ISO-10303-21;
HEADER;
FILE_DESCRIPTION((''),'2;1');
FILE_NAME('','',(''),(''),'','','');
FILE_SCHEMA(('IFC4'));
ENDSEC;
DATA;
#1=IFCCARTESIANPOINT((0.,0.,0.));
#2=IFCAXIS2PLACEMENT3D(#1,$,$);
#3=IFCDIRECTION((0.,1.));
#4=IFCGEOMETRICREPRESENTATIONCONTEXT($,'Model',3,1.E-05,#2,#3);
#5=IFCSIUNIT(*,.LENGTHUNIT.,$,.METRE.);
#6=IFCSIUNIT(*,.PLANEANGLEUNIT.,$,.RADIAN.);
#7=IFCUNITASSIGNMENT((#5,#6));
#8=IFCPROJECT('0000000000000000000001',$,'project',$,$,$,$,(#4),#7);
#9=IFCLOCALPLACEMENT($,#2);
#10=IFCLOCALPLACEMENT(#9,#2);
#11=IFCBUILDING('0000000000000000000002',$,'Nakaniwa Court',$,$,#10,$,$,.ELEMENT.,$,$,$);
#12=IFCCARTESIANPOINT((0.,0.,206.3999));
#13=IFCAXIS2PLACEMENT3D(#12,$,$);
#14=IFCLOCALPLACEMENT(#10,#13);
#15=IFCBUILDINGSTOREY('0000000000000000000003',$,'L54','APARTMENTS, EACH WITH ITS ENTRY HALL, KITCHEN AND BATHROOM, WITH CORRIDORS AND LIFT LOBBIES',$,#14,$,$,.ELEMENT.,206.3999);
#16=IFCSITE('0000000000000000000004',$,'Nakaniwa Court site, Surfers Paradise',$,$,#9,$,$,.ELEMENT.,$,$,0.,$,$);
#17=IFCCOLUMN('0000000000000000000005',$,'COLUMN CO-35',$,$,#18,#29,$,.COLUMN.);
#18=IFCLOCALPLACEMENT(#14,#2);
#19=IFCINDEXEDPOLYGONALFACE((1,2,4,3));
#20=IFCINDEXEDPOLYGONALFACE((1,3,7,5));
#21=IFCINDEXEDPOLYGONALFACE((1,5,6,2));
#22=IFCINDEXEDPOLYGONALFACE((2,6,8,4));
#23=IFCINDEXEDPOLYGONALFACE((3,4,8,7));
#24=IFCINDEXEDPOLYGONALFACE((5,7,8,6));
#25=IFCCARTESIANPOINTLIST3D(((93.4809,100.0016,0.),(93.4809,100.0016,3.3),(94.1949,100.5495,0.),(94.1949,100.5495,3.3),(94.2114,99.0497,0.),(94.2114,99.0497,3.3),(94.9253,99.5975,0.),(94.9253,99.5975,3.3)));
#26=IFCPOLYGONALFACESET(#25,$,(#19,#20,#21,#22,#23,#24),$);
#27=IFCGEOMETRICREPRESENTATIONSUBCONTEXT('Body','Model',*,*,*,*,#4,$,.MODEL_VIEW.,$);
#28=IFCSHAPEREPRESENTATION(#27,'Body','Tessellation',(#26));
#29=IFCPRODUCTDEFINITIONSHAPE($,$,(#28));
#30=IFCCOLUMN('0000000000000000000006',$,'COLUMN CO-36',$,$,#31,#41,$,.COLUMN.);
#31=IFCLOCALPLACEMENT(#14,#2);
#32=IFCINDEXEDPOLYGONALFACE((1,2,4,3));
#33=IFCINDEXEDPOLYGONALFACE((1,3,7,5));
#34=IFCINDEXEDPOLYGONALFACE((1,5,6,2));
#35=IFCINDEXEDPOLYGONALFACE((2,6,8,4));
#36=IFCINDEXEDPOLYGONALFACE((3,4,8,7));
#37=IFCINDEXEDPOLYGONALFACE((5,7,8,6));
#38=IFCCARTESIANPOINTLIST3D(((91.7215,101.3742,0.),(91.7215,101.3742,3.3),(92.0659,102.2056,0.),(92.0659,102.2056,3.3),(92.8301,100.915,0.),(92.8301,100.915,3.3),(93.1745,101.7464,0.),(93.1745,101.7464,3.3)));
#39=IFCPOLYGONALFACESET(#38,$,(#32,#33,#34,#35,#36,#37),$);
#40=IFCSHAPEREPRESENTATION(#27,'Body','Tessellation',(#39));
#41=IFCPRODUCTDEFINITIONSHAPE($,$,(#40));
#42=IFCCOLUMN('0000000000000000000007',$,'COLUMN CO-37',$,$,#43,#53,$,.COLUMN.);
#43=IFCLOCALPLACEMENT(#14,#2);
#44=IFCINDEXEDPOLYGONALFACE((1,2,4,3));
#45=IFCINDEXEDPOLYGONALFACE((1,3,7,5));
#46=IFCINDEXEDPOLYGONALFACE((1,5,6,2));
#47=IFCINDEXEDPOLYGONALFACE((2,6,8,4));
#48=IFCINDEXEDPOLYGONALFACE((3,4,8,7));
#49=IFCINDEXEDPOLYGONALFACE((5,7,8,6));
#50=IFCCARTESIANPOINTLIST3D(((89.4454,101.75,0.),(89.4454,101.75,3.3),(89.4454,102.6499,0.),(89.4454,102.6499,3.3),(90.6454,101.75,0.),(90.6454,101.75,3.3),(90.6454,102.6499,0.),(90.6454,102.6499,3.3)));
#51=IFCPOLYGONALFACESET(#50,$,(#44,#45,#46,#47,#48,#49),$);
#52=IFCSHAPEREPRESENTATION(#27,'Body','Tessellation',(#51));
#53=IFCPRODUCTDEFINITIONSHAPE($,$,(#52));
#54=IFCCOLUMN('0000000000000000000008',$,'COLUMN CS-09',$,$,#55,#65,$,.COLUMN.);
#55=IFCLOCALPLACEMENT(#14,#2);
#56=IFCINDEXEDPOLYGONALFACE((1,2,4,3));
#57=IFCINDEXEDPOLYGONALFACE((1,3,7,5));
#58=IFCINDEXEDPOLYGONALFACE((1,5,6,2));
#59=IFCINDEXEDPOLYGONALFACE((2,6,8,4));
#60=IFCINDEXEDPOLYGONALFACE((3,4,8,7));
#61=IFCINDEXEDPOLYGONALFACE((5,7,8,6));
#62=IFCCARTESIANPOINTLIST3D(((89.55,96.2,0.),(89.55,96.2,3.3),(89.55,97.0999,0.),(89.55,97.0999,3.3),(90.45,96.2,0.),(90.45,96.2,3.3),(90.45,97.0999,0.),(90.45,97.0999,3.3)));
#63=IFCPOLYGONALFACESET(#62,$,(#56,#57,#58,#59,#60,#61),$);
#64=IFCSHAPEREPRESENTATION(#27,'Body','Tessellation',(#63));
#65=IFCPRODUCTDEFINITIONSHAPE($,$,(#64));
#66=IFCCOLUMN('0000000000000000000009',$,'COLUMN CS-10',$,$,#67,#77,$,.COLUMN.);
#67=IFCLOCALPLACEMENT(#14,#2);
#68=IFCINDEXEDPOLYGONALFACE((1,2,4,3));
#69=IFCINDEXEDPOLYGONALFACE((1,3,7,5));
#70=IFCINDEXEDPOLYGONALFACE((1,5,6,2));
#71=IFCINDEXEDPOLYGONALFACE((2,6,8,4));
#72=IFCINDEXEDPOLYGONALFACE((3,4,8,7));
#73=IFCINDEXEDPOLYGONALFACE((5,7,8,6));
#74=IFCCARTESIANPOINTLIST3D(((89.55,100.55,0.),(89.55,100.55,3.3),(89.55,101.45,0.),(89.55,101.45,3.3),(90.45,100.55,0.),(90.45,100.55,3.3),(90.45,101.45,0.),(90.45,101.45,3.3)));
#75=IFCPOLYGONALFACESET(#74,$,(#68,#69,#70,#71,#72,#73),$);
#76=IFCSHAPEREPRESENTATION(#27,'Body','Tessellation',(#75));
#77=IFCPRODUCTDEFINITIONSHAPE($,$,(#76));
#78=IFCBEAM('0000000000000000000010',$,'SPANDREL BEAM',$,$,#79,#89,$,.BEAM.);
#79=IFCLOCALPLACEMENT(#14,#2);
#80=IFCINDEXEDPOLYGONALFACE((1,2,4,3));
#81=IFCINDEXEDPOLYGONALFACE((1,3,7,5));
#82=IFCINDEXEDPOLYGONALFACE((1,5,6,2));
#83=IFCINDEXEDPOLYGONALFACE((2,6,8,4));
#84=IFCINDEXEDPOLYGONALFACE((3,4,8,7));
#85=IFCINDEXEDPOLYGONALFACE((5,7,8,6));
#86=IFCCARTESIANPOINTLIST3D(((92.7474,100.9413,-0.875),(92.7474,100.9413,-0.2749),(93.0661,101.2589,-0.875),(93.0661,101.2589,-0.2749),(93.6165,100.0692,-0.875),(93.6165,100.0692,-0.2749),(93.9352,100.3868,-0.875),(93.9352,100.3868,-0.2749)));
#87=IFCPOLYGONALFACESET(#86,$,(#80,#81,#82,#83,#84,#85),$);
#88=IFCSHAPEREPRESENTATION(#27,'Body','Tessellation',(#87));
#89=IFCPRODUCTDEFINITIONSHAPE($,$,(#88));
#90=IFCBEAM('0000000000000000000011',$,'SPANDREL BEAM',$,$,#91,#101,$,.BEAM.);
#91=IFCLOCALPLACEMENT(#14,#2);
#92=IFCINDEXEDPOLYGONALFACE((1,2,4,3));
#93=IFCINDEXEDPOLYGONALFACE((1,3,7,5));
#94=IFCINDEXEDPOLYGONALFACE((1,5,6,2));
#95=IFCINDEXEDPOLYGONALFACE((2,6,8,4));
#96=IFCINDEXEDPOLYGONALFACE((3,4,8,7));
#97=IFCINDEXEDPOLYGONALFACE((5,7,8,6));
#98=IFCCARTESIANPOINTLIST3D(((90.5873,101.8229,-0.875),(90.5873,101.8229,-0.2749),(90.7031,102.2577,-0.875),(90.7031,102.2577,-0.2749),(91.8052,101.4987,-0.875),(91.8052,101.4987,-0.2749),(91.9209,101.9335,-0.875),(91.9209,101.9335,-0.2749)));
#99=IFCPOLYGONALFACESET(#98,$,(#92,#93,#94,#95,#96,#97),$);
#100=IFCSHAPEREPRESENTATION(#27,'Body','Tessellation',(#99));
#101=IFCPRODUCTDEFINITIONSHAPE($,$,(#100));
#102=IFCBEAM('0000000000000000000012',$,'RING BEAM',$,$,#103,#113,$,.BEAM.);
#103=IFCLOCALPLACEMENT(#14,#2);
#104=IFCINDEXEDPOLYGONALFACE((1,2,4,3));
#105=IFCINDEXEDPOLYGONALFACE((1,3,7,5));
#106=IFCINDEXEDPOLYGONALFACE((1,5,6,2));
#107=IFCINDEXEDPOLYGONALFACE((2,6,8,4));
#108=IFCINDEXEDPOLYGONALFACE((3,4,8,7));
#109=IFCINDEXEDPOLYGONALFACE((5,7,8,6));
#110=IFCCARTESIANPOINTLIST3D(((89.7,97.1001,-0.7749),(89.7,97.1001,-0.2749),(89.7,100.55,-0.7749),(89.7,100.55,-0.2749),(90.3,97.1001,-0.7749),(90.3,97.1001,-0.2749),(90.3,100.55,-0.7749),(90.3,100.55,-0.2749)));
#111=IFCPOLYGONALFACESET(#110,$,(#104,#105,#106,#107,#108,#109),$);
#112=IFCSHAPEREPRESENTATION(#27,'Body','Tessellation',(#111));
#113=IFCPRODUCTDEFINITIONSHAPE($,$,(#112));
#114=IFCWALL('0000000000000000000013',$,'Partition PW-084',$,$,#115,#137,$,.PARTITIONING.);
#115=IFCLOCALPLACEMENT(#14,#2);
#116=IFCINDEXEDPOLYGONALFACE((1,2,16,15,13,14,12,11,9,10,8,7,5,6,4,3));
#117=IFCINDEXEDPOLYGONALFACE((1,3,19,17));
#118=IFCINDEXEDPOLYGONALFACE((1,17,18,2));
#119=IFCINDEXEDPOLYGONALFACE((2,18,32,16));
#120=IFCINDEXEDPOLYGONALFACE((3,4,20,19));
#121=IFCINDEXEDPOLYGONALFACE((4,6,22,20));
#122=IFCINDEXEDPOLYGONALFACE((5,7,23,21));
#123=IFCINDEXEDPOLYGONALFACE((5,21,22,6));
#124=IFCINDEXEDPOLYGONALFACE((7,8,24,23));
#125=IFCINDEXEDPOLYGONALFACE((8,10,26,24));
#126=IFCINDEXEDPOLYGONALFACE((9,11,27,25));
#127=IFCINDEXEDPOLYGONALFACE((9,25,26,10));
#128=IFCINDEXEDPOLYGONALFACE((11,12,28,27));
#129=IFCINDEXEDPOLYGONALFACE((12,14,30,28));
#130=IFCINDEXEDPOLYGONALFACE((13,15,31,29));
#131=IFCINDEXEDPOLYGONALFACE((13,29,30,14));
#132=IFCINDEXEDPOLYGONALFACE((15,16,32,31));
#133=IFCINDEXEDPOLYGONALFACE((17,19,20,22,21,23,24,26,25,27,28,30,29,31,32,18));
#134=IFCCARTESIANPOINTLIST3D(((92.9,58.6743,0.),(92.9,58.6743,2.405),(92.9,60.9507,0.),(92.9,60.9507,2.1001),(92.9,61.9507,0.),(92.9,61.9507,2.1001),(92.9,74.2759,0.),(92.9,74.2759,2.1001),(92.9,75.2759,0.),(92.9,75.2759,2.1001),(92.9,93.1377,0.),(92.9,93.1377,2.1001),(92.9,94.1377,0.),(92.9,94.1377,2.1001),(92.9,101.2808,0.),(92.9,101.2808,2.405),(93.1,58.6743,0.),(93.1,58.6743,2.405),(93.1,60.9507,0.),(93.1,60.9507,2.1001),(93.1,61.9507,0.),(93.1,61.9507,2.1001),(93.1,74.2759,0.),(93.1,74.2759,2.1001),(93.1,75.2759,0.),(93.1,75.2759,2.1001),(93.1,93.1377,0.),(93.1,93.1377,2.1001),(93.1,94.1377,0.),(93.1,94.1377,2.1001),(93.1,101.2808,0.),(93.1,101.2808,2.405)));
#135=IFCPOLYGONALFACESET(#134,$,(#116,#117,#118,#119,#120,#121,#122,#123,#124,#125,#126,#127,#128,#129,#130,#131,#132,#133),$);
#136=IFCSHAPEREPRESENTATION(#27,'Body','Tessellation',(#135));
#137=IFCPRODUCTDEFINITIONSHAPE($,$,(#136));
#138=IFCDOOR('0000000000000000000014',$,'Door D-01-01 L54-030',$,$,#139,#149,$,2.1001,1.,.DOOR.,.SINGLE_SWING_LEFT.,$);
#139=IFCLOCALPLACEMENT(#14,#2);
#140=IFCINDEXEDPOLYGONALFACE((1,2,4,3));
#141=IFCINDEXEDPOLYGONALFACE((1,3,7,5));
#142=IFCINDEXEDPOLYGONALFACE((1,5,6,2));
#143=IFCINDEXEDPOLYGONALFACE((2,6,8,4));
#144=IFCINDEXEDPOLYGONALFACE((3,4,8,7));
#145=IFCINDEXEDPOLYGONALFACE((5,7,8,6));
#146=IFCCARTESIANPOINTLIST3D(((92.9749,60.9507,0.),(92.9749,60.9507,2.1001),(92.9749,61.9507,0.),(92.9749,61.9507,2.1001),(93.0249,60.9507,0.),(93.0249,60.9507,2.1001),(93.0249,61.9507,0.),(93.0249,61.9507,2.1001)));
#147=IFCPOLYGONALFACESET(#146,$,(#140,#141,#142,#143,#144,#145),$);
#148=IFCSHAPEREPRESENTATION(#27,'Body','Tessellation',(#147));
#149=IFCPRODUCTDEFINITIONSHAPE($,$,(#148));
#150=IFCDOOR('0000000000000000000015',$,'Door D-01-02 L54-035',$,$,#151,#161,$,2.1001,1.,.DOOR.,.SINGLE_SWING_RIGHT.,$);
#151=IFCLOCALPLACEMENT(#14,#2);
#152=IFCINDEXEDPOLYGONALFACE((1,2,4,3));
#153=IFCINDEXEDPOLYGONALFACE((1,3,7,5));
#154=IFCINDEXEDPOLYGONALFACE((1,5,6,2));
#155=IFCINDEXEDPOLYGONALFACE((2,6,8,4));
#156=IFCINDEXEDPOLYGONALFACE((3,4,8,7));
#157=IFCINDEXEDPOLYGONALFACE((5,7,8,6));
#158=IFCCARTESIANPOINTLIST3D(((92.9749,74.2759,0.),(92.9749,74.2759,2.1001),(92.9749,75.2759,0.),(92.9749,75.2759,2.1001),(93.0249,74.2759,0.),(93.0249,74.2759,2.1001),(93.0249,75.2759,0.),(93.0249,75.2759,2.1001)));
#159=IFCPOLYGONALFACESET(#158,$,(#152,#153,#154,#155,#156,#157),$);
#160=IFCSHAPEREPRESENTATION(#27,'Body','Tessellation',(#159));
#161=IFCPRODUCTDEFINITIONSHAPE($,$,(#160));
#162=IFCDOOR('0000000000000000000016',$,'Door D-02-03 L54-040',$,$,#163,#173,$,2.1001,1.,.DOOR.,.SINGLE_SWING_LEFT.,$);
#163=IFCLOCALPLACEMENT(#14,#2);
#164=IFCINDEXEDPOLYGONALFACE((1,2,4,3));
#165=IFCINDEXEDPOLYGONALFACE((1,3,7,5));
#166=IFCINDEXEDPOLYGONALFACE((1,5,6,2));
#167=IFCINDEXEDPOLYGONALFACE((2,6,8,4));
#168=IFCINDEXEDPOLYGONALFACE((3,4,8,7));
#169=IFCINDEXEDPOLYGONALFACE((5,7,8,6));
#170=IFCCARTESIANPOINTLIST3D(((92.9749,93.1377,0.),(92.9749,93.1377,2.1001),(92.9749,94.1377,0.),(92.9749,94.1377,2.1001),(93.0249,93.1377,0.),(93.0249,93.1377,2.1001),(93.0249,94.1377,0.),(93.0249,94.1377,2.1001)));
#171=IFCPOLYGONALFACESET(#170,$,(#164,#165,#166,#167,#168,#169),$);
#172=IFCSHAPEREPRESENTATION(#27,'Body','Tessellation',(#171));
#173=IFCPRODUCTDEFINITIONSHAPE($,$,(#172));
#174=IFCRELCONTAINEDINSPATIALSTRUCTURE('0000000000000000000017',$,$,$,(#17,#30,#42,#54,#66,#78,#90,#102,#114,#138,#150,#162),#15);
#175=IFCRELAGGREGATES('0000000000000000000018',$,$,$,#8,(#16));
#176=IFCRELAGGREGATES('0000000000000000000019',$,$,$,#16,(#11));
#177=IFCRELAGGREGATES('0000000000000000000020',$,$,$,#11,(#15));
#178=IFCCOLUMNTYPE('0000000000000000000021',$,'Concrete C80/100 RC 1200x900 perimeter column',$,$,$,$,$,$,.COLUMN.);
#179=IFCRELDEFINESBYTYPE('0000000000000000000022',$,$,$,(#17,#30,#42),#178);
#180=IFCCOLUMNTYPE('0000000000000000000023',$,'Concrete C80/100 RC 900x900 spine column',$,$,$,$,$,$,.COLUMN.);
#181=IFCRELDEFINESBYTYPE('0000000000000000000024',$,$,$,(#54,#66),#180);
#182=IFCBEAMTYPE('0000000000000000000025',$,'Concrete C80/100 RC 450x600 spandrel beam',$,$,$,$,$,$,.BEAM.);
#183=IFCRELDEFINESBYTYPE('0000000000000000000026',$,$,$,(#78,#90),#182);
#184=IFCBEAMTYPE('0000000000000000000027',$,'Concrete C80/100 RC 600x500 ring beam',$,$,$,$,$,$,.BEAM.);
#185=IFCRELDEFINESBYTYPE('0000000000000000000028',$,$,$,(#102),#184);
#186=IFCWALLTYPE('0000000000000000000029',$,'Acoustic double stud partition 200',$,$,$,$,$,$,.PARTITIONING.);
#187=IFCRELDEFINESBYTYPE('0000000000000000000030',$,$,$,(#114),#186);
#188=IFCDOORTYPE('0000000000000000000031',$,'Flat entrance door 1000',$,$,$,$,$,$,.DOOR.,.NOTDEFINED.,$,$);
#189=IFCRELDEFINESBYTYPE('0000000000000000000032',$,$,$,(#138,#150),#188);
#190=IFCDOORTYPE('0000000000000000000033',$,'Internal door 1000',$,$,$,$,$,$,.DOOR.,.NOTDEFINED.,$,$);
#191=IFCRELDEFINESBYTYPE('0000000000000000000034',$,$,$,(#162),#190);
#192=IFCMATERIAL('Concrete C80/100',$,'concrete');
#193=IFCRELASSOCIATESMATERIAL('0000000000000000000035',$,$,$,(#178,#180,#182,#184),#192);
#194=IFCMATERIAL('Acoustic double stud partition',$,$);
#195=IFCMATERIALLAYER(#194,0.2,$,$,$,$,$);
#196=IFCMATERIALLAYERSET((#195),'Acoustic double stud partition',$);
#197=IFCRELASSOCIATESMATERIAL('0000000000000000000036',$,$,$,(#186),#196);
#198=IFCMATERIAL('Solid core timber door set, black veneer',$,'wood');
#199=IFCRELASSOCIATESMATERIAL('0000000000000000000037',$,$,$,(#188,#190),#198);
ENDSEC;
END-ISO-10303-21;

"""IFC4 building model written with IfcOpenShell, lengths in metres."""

from ifc_helpers import new_model, si_unit, direction, frame, frame_2d, origin, origin_2d, place, context, subcontext, project, spatial, rectangle, extrude, material, layer, layer_set, material_profile, profile_set, type_object, element, fill, save


model = new_model("IFC4")

# Units and contexts
model_context = context("Model", 3, precision=1e-05, world=origin(), true_north=direction((0.0, 1.0)))
body_context = subcontext(model_context, "Body", "Model", "MODEL_VIEW")
ifc_project = project(units=[si_unit("LENGTHUNIT", "METRE"), si_unit("PLANEANGLEUNIT", "RADIAN")], contexts=[model_context])

# Site, building, storey
site_placement = place(None, origin())
site = spatial("IfcSite", under=ifc_project, at=site_placement, Name="Nakaniwa Court site, Surfers Paradise", CompositionType="ELEMENT", RefElevation=0.0)
building_placement = place(site_placement, origin())
building = spatial("IfcBuilding", under=site, at=building_placement, Name="Nakaniwa Court", CompositionType="ELEMENT")
storey_placement = place(building_placement, frame((0.0, 0.0, 206.3999)))
storey = spatial("IfcBuildingStorey", under=building, at=storey_placement, Name="L54", Description="APARTMENTS, EACH WITH ITS ENTRY HALL, KITCHEN AND BATHROOM, WITH CORRIDORS AND LIFT LOBBIES", CompositionType="ELEMENT", Elevation=206.3999)

# Columns
ifc_material_1 = material(Name="Concrete C80/100", Category="concrete")
ifc_material_profile_1 = material_profile(ifc_material_1, rectangle(XDim=1.2, YDim=0.8999, at=origin_2d()), Name="Concrete C80/100 RC 1200x900 perimeter column")
ifc_profile_set_1 = profile_set([ifc_material_profile_1], Name="Concrete C80/100")
column_type_1 = type_object("IfcColumnType", Name="Concrete C80/100 RC 1200x900 perimeter column", PredefinedType="COLUMN", material=ifc_profile_set_1)
for number, where, z_axis, x_axis, name in (
    (1, (94.2031, 99.7996, 0.0), (0.0, 0.0, 1.0), (-0.608761, 0.793353, 0.0), "COLUMN CO-35"),
    (2, (92.448, 101.5603, 0.0), (0.0, 0.0, 1.0), (-0.92388, 0.382683, 0.0), "COLUMN CO-36"),
    (3, (90.0454, 102.2, 0.0), (0.0, 0.0, 1.0), (-1.0, 0.0, 0.0), "COLUMN CO-37"),
):
    element("IfcColumn", number, at=place(storey_placement, frame(where, z_axis=z_axis, x_axis=x_axis)), inside=storey, type_object=column_type_1, Name=name, PredefinedType="COLUMN", context=body_context, shape_type="SweptSolid", body=[
        extrude(rectangle(XDim=1.2, YDim=0.8999, at=origin_2d()), origin(), (0.0, 0.0, 1.0), 3.3),
    ])
ifc_material_profile_2 = material_profile(ifc_material_1, rectangle(XDim=0.8999, YDim=0.8999, at=origin_2d()), Name="Concrete C80/100 RC 900x900 spine column")
ifc_profile_set_2 = profile_set([ifc_material_profile_2], Name="Concrete C80/100")
column_type_2 = type_object("IfcColumnType", Name="Concrete C80/100 RC 900x900 spine column", PredefinedType="COLUMN", material=ifc_profile_set_2)
for number, where, z_axis, x_axis, name in (
    (4, (90.0, 96.6499, 0.0), (0.0, 0.0, 1.0), (0.0, 1.0, 0.0), "COLUMN CS-09"),
    (5, (90.0, 101.0, 0.0), (0.0, 0.0, 1.0), (0.0, 1.0, 0.0), "COLUMN CS-10"),
):
    element("IfcColumn", number, at=place(storey_placement, frame(where, z_axis=z_axis, x_axis=x_axis)), inside=storey, type_object=column_type_2, Name=name, PredefinedType="COLUMN", context=body_context, shape_type="SweptSolid", body=[
        extrude(rectangle(XDim=0.8999, YDim=0.8999, at=origin_2d()), origin(), (0.0, 0.0, 1.0), 3.3),
    ])

# Beams
ifc_material_profile_3 = material_profile(ifc_material_1, rectangle(XDim=0.45, YDim=0.6001, at=origin_2d()), Name="Concrete C80/100 RC 450x600 spandrel beam")
ifc_profile_set_3 = profile_set([ifc_material_profile_3], Name="Concrete C80/100")
beam_type_1 = type_object("IfcBeamType", Name="Concrete C80/100 RC 450x600 spandrel beam", PredefinedType="BEAM", material=ifc_profile_set_3)
beam_1_placement = place(storey_placement, frame((93.7759, 100.228, -0.575), z_axis=(-0.705916, 0.708296, 0.0), x_axis=(-0.708296, -0.705916, 0.0)))
element("IfcBeam", 6, at=beam_1_placement, inside=storey, type_object=beam_type_1, Name="SPANDREL BEAM", PredefinedType="BEAM", context=body_context, shape_type="SweptSolid", body=[
    extrude(rectangle(XDim=0.45, YDim=0.6001, at=origin_2d()), origin(), (0.0, 0.0, 1.0), 1.2312),
])
beam_2_placement = place(storey_placement, frame((91.863, 101.7161, -0.575), z_axis=(-0.966338, 0.257277, 0.0), x_axis=(-0.257277, -0.966338, 0.0)))
element("IfcBeam", 7, at=beam_2_placement, inside=storey, type_object=beam_type_1, Name="SPANDREL BEAM", PredefinedType="BEAM", context=body_context, shape_type="SweptSolid", body=[
    extrude(rectangle(XDim=0.45, YDim=0.6001, at=origin_2d()), origin(), (0.0, 0.0, 1.0), 1.2603),
])
ifc_material_profile_4 = material_profile(ifc_material_1, rectangle(XDim=0.6001, YDim=0.5, at=origin_2d()), Name="Concrete C80/100 RC 600x500 ring beam")
ifc_profile_set_4 = profile_set([ifc_material_profile_4], Name="Concrete C80/100")
beam_type_2 = type_object("IfcBeamType", Name="Concrete C80/100 RC 600x500 ring beam", PredefinedType="BEAM", material=ifc_profile_set_4)
beam_3_placement = place(storey_placement, frame((90.0, 97.1001, -0.5249), z_axis=(0.0, 1.0, 0.0), x_axis=(-1.0, 0.0, 0.0)))
element("IfcBeam", 8, at=beam_3_placement, inside=storey, type_object=beam_type_2, Name="RING BEAM", PredefinedType="BEAM", context=body_context, shape_type="SweptSolid", body=[
    extrude(rectangle(XDim=0.6001, YDim=0.5, at=origin_2d()), origin(), (0.0, 0.0, 1.0), 3.45),
])

# Wall, openings, doors
ifc_material_2 = material(Name="Acoustic double stud partition")
ifc_layer_1 = layer(ifc_material_2, 0.2)
ifc_layer_set_1 = layer_set([ifc_layer_1], Name="Acoustic double stud partition")
wall_type_1 = type_object("IfcWallType", Name="Acoustic double stud partition 200", PredefinedType="PARTITIONING", material=ifc_layer_set_1)
wall_1_placement = place(storey_placement, frame((93.0, 101.2808, 0.0), z_axis=(0.0, 0.0, 1.0), x_axis=(0.0, -1.0, 0.0)))
wall_1 = element("IfcWall", 9, at=wall_1_placement, inside=storey, type_object=wall_type_1, Name="Partition PW-084", PredefinedType="PARTITIONING", context=body_context, shape_type="SweptSolid", body=[
    extrude(rectangle(XDim=42.6064, YDim=0.2, at=frame_2d((21.3032, 0.0))), origin(), (0.0, 0.0, 1.0), 2.405),
])
opening_1_placement = place(wall_1_placement, frame((39.3301, 0.0, 0.0)))
opening_1 = element("IfcOpeningElement", 10, at=opening_1_placement, cuts=wall_1, PredefinedType="OPENING", context=body_context, shape_type="SweptSolid", body=[
    extrude(rectangle(XDim=1.0, YDim=2.1001, at=frame_2d((0.5, 1.05))), frame((0.0, 0.1099, 0.0), z_axis=(0.0, -1.0, 0.0), x_axis=(1.0, 0.0, 0.0)), (0.0, 0.0, 1.0), 0.22),
])
opening_2_placement = place(wall_1_placement, frame((26.0049, 0.0, 0.0)))
opening_2 = element("IfcOpeningElement", 11, at=opening_2_placement, cuts=wall_1, PredefinedType="OPENING", context=body_context, shape_type="SweptSolid", body=[
    extrude(rectangle(XDim=1.0, YDim=2.1001, at=frame_2d((0.5, 1.05))), frame((0.0, 0.1099, 0.0), z_axis=(0.0, -1.0, 0.0), x_axis=(1.0, 0.0, 0.0)), (0.0, 0.0, 1.0), 0.22),
])
opening_3_placement = place(wall_1_placement, frame((7.1431, 0.0, 0.0)))
opening_3 = element("IfcOpeningElement", 12, at=opening_3_placement, cuts=wall_1, PredefinedType="OPENING", context=body_context, shape_type="SweptSolid", body=[
    extrude(rectangle(XDim=1.0, YDim=2.1001, at=frame_2d((0.5, 1.05))), frame((0.0, 0.1099, 0.0), z_axis=(0.0, -1.0, 0.0), x_axis=(1.0, 0.0, 0.0)), (0.0, 0.0, 1.0), 0.22),
])
ifc_material_3 = material(Name="Solid core timber door set, black veneer", Category="wood")
door_type_1 = type_object("IfcDoorType", Name="Flat entrance door 1000", OperationType="NOTDEFINED", PredefinedType="DOOR", material=ifc_material_3)
door_1_placement = place(opening_1_placement, origin())
door_1 = element("IfcDoor", 13, at=door_1_placement, inside=storey, type_object=door_type_1, Name="Door D-01-01 L54-030", OperationType="SINGLE_SWING_LEFT", OverallHeight=2.1001, OverallWidth=1.0, PredefinedType="DOOR", context=body_context, shape_type="SweptSolid", body=[
    extrude(rectangle(XDim=1.0, YDim=2.1001, at=frame_2d((0.5, 1.05))), frame((0.0, 0.0249, 0.0), z_axis=(0.0, -1.0, 0.0), x_axis=(1.0, 0.0, 0.0)), (0.0, 0.0, 1.0), 0.05),
])
fill(opening_1, door_1)
door_2_placement = place(opening_2_placement, origin())
door_2 = element("IfcDoor", 14, at=door_2_placement, inside=storey, type_object=door_type_1, Name="Door D-01-02 L54-035", OperationType="SINGLE_SWING_RIGHT", OverallHeight=2.1001, OverallWidth=1.0, PredefinedType="DOOR", context=body_context, shape_type="SweptSolid", body=[
    extrude(rectangle(XDim=1.0, YDim=2.1001, at=frame_2d((0.5, 1.05))), frame((0.0, 0.0249, 0.0), z_axis=(0.0, -1.0, 0.0), x_axis=(1.0, 0.0, 0.0)), (0.0, 0.0, 1.0), 0.05),
])
fill(opening_2, door_2)
door_type_2 = type_object("IfcDoorType", Name="Internal door 1000", OperationType="NOTDEFINED", PredefinedType="DOOR", material=ifc_material_3)
door_3_placement = place(opening_3_placement, origin())
door_3 = element("IfcDoor", 15, at=door_3_placement, inside=storey, type_object=door_type_2, Name="Door D-02-03 L54-040", OperationType="SINGLE_SWING_LEFT", OverallHeight=2.1001, OverallWidth=1.0, PredefinedType="DOOR", context=body_context, shape_type="SweptSolid", body=[
    extrude(rectangle(XDim=1.0, YDim=2.1001, at=frame_2d((0.5, 1.05))), frame((0.0, 0.0249, 0.0), z_axis=(0.0, -1.0, 0.0), x_axis=(1.0, 0.0, 0.0)), (0.0, 0.0, 1.0), 0.05),
])
fill(opening_3, door_3)

save(model, "model.ifc")
